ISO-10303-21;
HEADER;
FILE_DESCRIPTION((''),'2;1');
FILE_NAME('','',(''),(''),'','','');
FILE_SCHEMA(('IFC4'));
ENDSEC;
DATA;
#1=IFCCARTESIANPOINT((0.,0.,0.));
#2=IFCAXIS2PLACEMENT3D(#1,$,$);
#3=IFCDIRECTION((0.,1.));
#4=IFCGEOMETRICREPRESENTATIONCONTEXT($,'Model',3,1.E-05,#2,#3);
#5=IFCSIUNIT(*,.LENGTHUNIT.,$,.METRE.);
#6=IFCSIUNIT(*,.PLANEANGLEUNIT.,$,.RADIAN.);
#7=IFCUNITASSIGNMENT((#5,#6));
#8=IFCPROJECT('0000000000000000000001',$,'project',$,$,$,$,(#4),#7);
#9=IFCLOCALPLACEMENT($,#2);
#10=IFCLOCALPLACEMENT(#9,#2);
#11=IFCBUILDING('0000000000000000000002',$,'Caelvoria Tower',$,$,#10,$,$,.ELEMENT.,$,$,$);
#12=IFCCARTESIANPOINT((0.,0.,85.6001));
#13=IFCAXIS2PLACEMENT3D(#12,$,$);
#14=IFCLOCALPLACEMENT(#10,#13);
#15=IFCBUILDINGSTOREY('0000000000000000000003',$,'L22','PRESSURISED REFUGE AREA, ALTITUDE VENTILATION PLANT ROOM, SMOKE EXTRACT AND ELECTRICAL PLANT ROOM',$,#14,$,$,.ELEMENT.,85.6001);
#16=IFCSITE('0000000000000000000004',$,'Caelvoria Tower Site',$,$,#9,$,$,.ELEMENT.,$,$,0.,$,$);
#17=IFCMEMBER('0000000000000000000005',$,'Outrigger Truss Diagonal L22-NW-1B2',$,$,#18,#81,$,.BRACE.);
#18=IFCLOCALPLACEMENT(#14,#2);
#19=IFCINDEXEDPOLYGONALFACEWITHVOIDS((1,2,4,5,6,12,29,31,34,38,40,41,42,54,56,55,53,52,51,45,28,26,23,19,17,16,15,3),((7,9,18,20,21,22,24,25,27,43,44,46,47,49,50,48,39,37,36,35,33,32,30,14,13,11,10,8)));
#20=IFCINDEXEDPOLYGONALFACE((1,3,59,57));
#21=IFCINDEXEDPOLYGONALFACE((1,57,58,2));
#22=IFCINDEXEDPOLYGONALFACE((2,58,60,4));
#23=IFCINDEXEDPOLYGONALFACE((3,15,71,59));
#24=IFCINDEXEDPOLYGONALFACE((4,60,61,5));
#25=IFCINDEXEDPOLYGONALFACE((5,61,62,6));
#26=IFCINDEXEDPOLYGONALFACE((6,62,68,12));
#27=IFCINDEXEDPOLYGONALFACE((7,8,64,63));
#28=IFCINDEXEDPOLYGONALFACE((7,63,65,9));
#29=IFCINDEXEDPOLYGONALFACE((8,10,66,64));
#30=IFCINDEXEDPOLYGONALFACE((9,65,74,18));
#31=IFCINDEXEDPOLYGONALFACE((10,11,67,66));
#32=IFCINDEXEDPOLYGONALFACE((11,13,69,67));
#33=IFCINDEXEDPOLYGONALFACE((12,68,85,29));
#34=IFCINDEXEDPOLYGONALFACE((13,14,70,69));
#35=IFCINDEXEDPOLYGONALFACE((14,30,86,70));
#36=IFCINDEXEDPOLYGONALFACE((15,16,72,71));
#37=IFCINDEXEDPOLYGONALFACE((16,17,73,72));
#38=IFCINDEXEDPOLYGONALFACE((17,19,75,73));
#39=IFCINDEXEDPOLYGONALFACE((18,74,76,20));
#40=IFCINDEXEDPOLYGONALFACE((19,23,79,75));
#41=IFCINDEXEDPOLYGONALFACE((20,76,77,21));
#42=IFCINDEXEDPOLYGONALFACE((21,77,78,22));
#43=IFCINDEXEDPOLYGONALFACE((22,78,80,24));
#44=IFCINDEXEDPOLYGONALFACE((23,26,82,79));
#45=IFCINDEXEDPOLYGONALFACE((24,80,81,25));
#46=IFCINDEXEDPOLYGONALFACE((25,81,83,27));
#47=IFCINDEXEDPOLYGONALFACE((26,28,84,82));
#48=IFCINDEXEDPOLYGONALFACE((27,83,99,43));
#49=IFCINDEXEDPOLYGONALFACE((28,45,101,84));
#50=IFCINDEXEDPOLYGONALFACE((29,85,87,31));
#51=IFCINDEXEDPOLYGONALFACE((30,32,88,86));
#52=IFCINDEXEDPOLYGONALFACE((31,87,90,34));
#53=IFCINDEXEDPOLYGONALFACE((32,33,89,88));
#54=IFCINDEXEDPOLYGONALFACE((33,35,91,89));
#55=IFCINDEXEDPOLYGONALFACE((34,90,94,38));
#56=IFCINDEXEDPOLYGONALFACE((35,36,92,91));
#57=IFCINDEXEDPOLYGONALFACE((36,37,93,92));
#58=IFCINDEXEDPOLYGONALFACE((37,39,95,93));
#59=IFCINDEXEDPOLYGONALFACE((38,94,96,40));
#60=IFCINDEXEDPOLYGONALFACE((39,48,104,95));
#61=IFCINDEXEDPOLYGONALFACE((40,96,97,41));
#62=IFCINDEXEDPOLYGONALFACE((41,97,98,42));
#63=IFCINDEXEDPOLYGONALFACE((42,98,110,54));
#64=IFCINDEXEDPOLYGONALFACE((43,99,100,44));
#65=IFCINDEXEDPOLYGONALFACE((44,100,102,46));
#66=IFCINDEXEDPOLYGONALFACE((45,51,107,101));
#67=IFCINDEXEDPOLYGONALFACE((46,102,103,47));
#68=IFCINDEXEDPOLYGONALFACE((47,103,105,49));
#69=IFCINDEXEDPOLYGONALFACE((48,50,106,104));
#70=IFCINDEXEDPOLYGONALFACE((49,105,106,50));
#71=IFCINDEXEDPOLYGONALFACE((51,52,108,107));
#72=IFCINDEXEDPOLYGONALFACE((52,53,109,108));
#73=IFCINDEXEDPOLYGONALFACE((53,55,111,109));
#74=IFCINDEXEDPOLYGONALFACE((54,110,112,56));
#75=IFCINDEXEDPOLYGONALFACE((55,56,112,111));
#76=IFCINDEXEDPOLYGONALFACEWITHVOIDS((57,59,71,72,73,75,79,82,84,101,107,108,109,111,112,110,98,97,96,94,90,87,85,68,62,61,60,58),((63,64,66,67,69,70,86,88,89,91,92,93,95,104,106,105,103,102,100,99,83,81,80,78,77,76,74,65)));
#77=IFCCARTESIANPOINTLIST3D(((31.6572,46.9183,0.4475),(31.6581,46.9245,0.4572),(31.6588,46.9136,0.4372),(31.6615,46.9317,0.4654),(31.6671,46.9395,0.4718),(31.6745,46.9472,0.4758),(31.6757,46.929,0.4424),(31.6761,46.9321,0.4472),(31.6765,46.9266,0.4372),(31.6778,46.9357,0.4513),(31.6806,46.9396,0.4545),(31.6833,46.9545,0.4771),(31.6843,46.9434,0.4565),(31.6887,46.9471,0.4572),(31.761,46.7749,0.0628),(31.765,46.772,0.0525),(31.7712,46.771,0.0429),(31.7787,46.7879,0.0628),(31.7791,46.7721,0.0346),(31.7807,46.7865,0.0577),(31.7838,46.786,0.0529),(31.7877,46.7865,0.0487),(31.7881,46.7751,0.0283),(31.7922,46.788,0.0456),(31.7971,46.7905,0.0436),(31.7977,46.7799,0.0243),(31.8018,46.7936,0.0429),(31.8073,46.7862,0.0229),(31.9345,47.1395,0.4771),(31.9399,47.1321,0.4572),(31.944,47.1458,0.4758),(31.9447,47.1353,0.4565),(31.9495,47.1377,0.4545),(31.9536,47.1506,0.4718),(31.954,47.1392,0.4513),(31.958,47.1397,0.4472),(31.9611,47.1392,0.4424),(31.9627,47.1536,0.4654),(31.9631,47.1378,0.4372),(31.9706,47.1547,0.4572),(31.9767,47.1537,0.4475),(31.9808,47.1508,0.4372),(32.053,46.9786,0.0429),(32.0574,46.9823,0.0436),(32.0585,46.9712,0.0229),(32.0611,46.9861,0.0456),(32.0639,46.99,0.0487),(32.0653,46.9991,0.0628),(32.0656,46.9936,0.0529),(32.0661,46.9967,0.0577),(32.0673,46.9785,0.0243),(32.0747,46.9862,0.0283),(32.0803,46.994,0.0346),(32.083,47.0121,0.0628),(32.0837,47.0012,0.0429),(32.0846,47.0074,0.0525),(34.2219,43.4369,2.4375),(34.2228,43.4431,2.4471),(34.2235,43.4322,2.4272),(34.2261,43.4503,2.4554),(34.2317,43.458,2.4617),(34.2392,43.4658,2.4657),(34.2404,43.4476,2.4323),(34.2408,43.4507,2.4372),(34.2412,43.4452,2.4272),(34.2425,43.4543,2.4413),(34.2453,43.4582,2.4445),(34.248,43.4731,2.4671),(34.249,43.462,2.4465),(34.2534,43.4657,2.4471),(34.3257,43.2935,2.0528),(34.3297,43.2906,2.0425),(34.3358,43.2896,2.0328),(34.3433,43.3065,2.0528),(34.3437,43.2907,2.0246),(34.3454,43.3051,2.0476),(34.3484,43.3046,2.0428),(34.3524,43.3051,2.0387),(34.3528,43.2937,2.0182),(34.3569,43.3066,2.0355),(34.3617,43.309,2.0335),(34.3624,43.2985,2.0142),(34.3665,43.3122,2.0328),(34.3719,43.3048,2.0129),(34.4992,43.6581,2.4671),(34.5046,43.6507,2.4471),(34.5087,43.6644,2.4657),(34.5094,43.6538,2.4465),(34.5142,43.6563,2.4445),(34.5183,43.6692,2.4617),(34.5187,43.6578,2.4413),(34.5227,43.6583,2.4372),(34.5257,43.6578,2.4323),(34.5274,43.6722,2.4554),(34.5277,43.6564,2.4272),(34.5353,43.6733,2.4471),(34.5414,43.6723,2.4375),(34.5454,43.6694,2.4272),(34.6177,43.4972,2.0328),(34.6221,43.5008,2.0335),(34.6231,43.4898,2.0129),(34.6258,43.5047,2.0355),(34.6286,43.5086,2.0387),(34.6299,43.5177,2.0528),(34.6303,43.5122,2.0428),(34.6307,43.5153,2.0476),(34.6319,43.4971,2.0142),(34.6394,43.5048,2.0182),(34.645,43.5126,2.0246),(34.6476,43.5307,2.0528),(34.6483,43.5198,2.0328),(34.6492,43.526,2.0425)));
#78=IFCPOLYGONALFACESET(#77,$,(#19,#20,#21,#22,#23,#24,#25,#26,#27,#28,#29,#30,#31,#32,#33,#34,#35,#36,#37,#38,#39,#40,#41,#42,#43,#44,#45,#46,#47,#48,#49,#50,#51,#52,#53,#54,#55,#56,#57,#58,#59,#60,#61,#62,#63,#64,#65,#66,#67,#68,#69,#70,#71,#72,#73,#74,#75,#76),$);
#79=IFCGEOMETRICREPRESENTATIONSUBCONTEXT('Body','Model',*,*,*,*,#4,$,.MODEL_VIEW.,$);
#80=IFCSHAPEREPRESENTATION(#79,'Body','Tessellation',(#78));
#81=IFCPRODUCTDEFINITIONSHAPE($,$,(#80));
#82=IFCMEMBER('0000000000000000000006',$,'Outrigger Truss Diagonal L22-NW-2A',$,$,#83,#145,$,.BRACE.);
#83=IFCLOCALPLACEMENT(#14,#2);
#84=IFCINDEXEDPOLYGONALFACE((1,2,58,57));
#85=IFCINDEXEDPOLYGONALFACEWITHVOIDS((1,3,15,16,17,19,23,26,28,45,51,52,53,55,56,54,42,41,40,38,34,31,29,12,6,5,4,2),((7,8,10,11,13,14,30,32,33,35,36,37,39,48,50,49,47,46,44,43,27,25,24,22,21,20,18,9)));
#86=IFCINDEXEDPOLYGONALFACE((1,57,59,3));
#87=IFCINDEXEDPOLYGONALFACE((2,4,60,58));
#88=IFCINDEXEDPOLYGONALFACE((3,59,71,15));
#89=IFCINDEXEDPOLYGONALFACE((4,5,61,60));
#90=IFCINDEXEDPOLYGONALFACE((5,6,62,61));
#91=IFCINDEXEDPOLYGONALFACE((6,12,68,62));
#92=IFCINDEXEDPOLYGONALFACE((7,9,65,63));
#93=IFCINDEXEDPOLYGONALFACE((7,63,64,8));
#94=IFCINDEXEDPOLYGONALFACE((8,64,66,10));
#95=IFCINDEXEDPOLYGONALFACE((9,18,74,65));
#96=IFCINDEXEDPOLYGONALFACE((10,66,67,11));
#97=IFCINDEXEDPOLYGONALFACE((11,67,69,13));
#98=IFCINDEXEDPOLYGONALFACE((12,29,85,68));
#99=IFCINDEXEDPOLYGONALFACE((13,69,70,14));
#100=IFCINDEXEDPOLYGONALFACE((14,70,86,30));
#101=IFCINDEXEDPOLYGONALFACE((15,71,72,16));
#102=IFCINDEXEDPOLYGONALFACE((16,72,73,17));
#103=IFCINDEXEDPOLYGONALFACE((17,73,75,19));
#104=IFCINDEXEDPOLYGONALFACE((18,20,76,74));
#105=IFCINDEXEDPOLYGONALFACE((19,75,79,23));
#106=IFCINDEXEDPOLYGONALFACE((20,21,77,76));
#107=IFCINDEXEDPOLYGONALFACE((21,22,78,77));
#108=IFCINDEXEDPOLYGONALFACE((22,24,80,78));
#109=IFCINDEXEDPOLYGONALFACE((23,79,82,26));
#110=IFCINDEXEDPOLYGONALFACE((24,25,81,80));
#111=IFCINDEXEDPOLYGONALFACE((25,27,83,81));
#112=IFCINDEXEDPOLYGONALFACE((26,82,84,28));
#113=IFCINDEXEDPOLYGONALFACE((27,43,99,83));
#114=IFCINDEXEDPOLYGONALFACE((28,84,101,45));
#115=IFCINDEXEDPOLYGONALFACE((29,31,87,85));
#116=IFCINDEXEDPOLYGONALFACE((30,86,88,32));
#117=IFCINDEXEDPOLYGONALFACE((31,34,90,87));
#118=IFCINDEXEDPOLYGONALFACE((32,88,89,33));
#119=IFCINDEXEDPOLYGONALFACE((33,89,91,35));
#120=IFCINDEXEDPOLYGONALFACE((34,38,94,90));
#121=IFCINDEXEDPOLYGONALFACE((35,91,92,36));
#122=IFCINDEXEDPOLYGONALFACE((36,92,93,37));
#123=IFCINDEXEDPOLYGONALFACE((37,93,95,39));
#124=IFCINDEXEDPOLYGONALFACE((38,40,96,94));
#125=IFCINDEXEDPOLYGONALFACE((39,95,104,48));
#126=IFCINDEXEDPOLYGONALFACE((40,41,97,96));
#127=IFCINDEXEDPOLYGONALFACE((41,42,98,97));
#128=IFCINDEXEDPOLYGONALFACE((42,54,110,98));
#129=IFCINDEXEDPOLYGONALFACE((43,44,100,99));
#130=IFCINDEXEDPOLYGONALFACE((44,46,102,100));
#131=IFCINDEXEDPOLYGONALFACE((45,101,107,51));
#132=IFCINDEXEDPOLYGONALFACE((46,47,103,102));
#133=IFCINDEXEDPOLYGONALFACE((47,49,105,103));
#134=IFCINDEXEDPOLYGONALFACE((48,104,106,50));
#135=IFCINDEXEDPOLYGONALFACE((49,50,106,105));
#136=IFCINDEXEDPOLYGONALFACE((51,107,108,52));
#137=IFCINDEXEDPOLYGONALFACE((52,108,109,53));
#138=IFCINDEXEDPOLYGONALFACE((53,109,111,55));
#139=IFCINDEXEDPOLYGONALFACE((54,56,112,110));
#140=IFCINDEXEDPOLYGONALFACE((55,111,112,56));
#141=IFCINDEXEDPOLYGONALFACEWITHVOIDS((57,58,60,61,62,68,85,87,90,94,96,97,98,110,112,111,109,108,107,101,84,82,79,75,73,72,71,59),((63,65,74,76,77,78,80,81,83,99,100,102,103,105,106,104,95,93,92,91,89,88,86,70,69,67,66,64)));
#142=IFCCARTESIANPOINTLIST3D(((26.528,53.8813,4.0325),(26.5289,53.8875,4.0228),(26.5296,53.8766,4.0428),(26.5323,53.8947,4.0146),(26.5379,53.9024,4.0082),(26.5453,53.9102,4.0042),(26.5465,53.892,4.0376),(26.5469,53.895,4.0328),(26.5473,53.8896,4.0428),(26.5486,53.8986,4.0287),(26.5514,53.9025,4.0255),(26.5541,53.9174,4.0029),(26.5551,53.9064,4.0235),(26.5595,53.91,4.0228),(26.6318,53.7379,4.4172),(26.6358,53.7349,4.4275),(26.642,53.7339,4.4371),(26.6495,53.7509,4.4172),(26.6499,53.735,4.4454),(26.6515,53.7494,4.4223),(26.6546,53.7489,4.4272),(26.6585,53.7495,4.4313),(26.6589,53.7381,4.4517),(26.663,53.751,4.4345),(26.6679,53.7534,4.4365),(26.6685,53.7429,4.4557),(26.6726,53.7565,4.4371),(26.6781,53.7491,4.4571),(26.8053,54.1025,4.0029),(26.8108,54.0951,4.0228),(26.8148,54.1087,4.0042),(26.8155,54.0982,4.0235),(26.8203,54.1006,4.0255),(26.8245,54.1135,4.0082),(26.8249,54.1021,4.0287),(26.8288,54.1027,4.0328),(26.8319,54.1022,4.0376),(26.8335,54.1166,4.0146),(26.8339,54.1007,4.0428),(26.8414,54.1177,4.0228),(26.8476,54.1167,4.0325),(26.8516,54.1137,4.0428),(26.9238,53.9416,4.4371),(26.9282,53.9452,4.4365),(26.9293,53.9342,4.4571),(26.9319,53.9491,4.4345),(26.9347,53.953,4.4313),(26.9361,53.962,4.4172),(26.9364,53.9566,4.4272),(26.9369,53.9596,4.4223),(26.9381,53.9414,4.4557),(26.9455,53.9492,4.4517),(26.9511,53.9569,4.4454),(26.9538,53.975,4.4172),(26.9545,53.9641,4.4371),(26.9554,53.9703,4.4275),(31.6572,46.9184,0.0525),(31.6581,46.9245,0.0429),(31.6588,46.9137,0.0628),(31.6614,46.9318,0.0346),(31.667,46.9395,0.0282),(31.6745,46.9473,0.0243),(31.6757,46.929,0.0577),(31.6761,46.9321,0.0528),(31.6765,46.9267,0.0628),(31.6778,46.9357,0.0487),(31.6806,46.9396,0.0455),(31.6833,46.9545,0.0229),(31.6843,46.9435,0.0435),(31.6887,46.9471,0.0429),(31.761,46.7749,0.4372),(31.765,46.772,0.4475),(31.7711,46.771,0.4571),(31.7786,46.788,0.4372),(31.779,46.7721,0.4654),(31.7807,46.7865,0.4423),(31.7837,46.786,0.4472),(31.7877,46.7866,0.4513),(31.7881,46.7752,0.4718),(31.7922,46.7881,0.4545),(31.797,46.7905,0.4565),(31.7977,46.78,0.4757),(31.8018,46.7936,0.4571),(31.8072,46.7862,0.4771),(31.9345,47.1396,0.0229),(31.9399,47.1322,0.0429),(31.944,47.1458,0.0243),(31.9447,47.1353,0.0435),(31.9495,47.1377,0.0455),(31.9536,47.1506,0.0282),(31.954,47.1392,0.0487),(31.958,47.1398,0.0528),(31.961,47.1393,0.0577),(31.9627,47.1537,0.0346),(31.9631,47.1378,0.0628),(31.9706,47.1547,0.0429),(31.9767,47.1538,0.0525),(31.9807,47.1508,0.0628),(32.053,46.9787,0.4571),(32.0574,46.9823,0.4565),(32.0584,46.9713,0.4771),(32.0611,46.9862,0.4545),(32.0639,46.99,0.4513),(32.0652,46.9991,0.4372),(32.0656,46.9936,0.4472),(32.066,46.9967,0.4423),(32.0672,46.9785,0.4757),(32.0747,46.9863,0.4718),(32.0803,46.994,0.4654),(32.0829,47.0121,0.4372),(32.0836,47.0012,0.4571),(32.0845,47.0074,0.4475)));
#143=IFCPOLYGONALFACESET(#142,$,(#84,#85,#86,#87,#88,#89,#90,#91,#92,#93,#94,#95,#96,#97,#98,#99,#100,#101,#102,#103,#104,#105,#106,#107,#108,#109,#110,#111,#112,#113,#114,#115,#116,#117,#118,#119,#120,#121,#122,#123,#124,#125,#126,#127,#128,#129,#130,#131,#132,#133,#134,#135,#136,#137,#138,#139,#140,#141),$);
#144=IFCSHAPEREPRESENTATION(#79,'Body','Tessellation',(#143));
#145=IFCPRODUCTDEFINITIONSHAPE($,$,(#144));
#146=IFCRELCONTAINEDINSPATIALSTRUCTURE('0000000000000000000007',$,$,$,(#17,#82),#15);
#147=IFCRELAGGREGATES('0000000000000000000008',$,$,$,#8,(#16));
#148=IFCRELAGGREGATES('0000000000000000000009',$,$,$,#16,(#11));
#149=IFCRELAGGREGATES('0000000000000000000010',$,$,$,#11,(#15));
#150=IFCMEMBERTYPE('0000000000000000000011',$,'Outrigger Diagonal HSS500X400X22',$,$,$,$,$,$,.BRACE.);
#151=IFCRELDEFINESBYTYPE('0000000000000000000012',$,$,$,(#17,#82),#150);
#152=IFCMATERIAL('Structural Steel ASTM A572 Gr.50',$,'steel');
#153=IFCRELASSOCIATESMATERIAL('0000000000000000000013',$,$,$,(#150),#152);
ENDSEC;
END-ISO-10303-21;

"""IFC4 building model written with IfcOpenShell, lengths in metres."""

from ifc_helpers import new_model, si_unit, direction, frame, origin, origin_2d, place, context, subcontext, project, spatial, hollow_rectangle, extrude, material, material_profile, profile_set, type_object, element, save


model = new_model("IFC4")

# Units and contexts
model_context = context("Model", 3, precision=1e-05, world=origin(), true_north=direction((0.0, 1.0)))
body_context = subcontext(model_context, "Body", "Model", "MODEL_VIEW")
ifc_project = project(units=[si_unit("LENGTHUNIT", "METRE"), si_unit("PLANEANGLEUNIT", "RADIAN")], contexts=[model_context])

# Site, building, storey
site_placement = place(None, origin())
site = spatial("IfcSite", under=ifc_project, at=site_placement, Name="Caelvoria Tower Site", CompositionType="ELEMENT", RefElevation=0.0)
building_placement = place(site_placement, origin())
building = spatial("IfcBuilding", under=site, at=building_placement, Name="Caelvoria Tower", CompositionType="ELEMENT")
storey_placement = place(building_placement, frame((0.0, 0.0, 85.6001)))
storey = spatial("IfcBuildingStorey", under=building, at=storey_placement, Name="L22", Description="PRESSURISED REFUGE AREA, ALTITUDE VENTILATION PLANT ROOM, SMOKE EXTRACT AND ELECTRICAL PLANT ROOM", CompositionType="ELEMENT", Elevation=85.6001)

# Shared definitions
ifc_material_1 = material(Name="Structural Steel ASTM A572 Gr.50", Category="steel")

# Members
ifc_material_profile_1 = material_profile(ifc_material_1, hollow_rectangle(XDim=0.3999, YDim=0.5, WallThickness=0.022, InnerFilletRadius=0.022, OuterFilletRadius=0.0439, at=origin_2d()), Name="Structural Steel ASTM A572 Gr.50")
ifc_profile_set_1 = profile_set([ifc_material_profile_1], Name="HSS500X400X22 - Structural Steel ASTM A572 Gr.50")
member_type_1 = type_object("IfcMemberType", Name="Outrigger Diagonal HSS500X400X22", PredefinedType="BRACE", material=ifc_profile_set_1)
for number, where, z_axis, x_axis, name in (
    (1, (34.4355, 43.4814, 2.24), (-0.538795, 0.731386, -0.41806), (-0.80512, -0.593112, 0.0), "Outrigger Truss Diagonal L22-NW-1B2"),
):
    element("IfcMember", number, at=place(storey_placement, frame(where, z_axis=z_axis, x_axis=x_axis)), inside=storey, type_object=member_type_1, Name=name, PredefinedType="BRACE", context=body_context, shape_type="SweptSolid", body=[
        extrude(hollow_rectangle(XDim=0.3999, YDim=0.5, WallThickness=0.022, InnerFilletRadius=0.022, OuterFilletRadius=0.0439, at=origin_2d()), origin(), (0.0, 0.0, 1.0), 4.76),
    ])
member_1_placement = place(storey_placement, frame((31.8708, 46.9629, 0.25), z_axis=(-0.538777, 0.731397, 0.418065), x_axis=(-0.805133, -0.593094, 0.0)))
element("IfcMember", 2, at=member_1_placement, inside=storey, type_object=member_type_1, Name="Outrigger Truss Diagonal L22-NW-2A", PredefinedType="BRACE", context=body_context, shape_type="SweptSolid", body=[
    extrude(hollow_rectangle(XDim=0.3999, YDim=0.5, WallThickness=0.022, InnerFilletRadius=0.022, OuterFilletRadius=0.0439, at=origin_2d()), origin(), (0.0, 0.0, 1.0), 9.52),
])

save(model, "model.ifc")
